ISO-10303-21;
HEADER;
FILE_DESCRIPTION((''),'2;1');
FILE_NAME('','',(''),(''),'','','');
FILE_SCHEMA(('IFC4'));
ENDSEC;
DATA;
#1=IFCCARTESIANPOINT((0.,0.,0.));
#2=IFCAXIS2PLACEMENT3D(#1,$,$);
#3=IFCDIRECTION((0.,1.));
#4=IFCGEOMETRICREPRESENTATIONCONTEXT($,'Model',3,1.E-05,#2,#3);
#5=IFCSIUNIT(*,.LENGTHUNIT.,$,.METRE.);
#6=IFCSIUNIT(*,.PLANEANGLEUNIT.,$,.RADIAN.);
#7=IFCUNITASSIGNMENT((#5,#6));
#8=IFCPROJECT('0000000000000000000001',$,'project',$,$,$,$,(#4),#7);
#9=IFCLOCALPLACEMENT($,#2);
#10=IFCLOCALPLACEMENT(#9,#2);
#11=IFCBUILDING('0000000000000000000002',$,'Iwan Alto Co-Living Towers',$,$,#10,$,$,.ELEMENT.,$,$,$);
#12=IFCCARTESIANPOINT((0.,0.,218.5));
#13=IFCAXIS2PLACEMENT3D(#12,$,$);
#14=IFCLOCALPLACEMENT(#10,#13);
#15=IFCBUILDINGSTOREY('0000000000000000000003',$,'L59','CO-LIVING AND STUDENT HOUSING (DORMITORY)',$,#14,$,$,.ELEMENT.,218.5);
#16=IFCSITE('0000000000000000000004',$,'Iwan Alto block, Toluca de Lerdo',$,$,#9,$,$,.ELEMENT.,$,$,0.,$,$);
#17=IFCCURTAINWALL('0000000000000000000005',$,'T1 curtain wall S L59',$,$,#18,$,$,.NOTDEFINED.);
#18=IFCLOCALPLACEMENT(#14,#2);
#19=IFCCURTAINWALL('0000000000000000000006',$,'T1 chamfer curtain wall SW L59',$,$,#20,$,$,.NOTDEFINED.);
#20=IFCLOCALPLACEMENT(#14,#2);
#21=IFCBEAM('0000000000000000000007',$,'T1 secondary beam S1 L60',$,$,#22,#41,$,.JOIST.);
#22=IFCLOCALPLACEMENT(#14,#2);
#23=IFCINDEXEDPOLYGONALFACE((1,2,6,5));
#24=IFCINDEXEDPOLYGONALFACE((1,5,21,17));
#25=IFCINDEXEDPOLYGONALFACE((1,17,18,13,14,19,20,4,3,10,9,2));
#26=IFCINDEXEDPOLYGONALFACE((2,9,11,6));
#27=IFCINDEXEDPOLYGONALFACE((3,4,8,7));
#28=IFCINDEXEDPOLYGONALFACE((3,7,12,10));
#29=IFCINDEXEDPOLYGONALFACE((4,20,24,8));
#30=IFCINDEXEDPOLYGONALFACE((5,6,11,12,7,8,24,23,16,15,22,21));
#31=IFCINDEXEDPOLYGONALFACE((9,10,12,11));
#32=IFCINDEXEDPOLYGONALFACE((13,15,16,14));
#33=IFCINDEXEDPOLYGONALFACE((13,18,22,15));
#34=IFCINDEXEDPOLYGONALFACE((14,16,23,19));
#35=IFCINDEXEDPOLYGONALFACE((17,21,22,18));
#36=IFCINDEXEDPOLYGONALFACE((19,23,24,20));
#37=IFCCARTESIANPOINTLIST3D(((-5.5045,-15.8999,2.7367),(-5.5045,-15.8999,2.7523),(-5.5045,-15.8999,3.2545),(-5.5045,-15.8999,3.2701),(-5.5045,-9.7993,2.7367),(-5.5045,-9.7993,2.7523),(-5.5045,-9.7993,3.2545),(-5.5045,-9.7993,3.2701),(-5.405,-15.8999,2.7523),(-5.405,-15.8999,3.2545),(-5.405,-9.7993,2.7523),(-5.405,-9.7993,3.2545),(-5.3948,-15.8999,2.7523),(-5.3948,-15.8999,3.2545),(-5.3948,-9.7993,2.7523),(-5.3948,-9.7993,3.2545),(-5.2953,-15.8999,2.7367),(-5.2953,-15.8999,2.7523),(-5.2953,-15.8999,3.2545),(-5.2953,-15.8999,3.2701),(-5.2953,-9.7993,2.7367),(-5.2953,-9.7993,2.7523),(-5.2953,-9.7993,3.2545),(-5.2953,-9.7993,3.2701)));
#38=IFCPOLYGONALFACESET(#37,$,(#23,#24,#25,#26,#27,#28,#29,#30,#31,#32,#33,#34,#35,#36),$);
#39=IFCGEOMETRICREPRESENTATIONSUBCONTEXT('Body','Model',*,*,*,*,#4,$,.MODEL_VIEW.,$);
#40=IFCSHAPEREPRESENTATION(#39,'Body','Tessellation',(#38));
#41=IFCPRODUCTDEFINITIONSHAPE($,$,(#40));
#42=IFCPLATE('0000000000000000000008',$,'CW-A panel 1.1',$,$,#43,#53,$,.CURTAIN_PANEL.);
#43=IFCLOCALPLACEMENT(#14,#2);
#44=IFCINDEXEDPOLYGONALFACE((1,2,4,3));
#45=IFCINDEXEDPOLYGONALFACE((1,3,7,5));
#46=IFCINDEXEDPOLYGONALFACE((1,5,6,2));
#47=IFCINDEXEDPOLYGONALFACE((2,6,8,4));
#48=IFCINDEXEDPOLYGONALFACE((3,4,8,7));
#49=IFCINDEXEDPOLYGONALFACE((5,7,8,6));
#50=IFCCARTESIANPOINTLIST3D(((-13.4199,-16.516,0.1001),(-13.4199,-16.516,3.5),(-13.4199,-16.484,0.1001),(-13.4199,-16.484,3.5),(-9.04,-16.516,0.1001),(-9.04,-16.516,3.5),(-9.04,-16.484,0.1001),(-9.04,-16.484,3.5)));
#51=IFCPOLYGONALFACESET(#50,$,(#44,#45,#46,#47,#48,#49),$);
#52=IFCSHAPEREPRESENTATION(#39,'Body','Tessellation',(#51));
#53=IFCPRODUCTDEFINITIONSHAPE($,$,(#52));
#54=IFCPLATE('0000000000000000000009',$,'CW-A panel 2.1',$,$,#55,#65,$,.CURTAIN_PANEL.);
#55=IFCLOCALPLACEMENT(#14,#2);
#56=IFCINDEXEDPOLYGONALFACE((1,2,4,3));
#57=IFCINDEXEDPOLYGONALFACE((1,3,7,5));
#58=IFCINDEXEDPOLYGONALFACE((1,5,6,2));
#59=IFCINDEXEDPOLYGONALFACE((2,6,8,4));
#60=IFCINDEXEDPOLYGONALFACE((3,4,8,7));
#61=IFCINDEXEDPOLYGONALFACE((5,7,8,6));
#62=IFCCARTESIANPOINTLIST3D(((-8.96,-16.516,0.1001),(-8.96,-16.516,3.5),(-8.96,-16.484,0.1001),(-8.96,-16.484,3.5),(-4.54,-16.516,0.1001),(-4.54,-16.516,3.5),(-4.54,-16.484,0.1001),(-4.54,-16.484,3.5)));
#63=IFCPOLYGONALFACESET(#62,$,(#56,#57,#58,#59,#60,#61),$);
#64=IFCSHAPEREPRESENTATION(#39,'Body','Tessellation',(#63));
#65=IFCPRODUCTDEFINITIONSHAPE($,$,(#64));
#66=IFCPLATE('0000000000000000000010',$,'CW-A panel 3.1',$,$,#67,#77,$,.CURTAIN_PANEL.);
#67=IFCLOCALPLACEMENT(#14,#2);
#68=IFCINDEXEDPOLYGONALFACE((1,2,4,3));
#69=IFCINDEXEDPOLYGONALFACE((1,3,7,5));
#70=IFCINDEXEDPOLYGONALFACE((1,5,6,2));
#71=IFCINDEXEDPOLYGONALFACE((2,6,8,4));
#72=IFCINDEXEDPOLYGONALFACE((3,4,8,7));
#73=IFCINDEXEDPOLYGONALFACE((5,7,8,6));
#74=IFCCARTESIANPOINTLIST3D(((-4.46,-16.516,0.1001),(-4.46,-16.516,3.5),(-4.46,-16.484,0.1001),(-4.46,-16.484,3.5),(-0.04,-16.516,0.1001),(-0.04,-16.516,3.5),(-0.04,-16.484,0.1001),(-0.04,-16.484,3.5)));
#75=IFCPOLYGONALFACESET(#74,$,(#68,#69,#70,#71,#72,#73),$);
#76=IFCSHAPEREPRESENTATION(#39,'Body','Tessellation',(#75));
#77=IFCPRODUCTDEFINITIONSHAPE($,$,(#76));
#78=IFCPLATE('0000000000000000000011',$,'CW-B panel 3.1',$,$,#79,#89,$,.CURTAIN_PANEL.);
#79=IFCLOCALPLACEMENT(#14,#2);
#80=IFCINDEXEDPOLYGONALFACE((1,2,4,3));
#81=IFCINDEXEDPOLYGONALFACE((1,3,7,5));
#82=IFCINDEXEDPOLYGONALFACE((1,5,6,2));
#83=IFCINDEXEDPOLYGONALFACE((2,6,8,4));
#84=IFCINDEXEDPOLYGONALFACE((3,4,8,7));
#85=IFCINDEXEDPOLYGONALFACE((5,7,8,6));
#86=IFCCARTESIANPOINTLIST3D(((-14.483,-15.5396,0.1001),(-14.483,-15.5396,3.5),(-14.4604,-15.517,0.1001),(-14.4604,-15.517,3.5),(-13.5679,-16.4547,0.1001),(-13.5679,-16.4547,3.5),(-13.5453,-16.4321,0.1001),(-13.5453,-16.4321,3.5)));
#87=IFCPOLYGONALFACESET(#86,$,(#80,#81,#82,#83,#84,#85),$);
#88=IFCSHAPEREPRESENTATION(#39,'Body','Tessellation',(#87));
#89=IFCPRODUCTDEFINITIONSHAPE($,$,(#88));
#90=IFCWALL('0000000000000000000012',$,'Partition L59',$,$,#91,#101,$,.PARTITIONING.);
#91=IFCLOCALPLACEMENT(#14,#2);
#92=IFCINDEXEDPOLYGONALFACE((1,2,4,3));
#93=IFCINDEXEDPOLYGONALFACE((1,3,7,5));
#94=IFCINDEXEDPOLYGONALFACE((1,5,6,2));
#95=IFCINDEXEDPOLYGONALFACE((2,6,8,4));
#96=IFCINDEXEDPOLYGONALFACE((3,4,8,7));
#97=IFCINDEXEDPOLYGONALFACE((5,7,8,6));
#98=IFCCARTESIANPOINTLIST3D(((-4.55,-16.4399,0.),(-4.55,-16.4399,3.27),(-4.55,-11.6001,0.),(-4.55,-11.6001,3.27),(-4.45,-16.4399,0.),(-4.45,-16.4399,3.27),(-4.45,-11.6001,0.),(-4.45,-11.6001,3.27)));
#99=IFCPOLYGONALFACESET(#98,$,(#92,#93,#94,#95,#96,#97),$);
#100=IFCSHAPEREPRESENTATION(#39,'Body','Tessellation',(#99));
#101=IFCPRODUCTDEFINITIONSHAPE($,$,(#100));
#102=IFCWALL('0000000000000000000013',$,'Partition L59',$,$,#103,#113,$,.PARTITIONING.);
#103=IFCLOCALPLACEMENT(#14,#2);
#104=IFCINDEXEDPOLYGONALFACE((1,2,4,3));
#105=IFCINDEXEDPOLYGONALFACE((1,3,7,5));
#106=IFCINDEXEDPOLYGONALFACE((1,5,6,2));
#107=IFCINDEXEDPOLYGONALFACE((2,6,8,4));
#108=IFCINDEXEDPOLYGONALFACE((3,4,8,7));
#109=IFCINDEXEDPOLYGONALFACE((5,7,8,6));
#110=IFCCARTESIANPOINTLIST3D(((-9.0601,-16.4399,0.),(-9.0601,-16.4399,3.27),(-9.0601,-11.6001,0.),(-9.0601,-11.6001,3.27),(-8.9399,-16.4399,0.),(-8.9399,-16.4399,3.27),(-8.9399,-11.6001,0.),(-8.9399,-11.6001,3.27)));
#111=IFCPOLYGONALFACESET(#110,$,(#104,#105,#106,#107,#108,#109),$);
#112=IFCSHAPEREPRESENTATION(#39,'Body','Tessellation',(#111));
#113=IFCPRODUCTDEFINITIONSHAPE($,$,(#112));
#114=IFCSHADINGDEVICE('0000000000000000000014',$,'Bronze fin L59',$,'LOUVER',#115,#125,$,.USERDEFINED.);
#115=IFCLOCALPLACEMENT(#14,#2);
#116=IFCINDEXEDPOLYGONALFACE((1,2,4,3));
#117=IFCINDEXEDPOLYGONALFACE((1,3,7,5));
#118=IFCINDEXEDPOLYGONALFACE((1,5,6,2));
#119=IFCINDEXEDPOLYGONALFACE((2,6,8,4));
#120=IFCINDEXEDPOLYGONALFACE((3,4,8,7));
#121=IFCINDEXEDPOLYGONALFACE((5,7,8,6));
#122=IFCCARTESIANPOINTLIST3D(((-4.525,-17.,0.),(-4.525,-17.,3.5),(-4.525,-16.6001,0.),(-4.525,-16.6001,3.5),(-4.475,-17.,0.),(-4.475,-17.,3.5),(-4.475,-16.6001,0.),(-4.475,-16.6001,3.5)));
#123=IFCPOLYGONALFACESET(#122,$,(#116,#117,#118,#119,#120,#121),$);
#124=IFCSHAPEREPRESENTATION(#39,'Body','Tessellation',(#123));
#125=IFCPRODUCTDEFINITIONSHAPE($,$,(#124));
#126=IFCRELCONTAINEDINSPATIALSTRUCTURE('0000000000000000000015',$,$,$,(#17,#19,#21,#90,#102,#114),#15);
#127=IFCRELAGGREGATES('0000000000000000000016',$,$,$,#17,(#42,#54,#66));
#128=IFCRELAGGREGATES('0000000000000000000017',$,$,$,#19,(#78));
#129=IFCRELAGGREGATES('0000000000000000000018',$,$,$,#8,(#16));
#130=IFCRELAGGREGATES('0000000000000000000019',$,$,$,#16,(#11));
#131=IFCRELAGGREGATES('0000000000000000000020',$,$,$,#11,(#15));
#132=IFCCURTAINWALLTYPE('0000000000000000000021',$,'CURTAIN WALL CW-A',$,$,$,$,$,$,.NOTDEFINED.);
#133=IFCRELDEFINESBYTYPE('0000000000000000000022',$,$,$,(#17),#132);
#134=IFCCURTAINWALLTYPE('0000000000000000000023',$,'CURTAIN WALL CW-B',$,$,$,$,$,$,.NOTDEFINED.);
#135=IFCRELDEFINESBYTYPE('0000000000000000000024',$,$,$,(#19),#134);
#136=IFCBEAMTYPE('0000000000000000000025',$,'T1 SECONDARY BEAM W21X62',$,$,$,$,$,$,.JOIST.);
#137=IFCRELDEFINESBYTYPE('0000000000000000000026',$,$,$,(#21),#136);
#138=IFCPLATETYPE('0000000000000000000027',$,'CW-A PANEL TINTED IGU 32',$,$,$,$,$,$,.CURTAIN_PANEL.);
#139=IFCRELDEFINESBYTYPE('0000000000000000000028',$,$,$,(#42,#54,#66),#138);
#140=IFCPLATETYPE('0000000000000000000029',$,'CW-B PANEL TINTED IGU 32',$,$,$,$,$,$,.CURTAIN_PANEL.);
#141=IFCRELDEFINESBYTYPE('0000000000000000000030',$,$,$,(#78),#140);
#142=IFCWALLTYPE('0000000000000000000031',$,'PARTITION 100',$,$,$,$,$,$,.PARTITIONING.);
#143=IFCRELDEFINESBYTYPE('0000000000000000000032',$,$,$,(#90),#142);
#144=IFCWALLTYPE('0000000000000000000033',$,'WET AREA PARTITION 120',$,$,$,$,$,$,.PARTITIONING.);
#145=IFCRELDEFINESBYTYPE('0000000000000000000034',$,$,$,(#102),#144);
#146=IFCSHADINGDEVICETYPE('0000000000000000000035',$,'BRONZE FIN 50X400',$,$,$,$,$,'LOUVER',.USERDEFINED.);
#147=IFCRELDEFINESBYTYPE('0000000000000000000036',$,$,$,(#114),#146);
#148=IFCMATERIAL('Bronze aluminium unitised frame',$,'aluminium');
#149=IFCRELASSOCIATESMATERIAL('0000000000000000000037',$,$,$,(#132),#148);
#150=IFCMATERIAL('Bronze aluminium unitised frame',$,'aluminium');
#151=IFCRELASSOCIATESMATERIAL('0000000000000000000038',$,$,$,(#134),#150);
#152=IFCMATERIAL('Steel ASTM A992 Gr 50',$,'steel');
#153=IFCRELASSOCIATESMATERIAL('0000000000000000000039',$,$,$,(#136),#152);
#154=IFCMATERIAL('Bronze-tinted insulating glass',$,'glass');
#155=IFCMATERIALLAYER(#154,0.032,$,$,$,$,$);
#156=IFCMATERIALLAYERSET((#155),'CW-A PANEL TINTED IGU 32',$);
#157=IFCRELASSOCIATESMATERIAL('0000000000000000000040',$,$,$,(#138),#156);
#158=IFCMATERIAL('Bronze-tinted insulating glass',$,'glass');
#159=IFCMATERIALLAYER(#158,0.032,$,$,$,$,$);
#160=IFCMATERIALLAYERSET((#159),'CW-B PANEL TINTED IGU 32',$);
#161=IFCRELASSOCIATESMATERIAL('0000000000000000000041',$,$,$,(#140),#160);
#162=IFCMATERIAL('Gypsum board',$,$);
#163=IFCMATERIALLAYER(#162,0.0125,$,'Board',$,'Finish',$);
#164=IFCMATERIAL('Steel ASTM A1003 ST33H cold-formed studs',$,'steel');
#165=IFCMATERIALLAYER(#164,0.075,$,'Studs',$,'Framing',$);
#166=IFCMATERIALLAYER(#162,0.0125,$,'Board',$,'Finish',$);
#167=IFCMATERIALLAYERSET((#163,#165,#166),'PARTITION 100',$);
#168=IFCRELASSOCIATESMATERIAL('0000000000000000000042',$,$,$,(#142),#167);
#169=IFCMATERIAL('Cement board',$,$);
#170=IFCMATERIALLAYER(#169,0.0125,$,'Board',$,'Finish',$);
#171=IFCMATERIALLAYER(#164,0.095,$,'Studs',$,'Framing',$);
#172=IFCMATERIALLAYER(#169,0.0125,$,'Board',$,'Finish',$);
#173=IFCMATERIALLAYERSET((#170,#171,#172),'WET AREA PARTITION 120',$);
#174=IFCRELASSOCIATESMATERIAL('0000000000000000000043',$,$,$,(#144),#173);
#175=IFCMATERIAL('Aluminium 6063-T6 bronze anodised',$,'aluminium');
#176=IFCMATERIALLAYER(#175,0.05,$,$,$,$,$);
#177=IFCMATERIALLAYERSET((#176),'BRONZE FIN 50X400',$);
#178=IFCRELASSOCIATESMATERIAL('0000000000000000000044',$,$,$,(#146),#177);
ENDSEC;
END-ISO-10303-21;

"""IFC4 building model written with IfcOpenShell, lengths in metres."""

from ifc_helpers import new_model, si_unit, direction, frame, frame_2d, origin, origin_2d, place, context, subcontext, project, spatial, rectangle, i_section, extrude, material, layer, layer_set, material_profile, profile_set, type_object, element, aggregate, save


model = new_model("IFC4")

# Units and contexts
model_context = context("Model", 3, precision=1e-05, world=origin(), true_north=direction((0.0, 1.0)))
body_context = subcontext(model_context, "Body", "Model", "MODEL_VIEW")
ifc_project = project(units=[si_unit("LENGTHUNIT", "METRE"), si_unit("PLANEANGLEUNIT", "RADIAN")], contexts=[model_context])

# Site, building, storey
site_placement = place(None, origin())
site = spatial("IfcSite", under=ifc_project, at=site_placement, Name="Iwan Alto block, Toluca de Lerdo", CompositionType="ELEMENT", RefElevation=0.0)
building_placement = place(site_placement, origin())
building = spatial("IfcBuilding", under=site, at=building_placement, Name="Iwan Alto Co-Living Towers", CompositionType="ELEMENT")
storey_placement = place(building_placement, frame((0.0, 0.0, 218.5)))
storey = spatial("IfcBuildingStorey", under=building, at=storey_placement, Name="L59", Description="CO-LIVING AND STUDENT HOUSING (DORMITORY)", CompositionType="ELEMENT", Elevation=218.5)

# Curtain wall
ifc_material_1 = material(Name="Bronze aluminium unitised frame", Category="aluminium")
curtain_wall_type_1 = type_object("IfcCurtainWallType", Name="CURTAIN WALL CW-A", PredefinedType="NOTDEFINED", material=ifc_material_1)
curtain_wall_1_placement = place(storey_placement, origin())
curtain_wall_1 = element("IfcCurtainWall", 1, at=curtain_wall_1_placement, inside=storey, type_object=curtain_wall_type_1, Name="T1 curtain wall S L59", PredefinedType="NOTDEFINED")

# Curtain wall
ifc_material_2 = material(Name="Bronze aluminium unitised frame", Category="aluminium")
curtain_wall_type_2 = type_object("IfcCurtainWallType", Name="CURTAIN WALL CW-B", PredefinedType="NOTDEFINED", material=ifc_material_2)
curtain_wall_2_placement = place(storey_placement, origin())
curtain_wall_2 = element("IfcCurtainWall", 2, at=curtain_wall_2_placement, inside=storey, type_object=curtain_wall_type_2, Name="T1 chamfer curtain wall SW L59", PredefinedType="NOTDEFINED")

# Beam
ifc_material_3 = material(Name="Steel ASTM A992 Gr 50", Category="steel")
ifc_material_profile_1 = material_profile(ifc_material_3, i_section(OverallWidth=0.2092, OverallDepth=0.5334, WebThickness=0.0103, FlangeThickness=0.0156, at=origin_2d()), Name="W21X62")
ifc_profile_set_1 = profile_set([ifc_material_profile_1], Name="Steel ASTM A992 Gr 50")
beam_type_1 = type_object("IfcBeamType", Name="T1 SECONDARY BEAM W21X62", PredefinedType="JOIST", material=ifc_profile_set_1)
beam_1_placement = place(storey_placement, frame((-5.3999, -15.8999, 3.0034), z_axis=(0.0, 1.0, 0.0), x_axis=(-1.0, 0.0, 0.0)))
element("IfcBeam", 3, at=beam_1_placement, inside=storey, type_object=beam_type_1, Name="T1 secondary beam S1 L60", PredefinedType="JOIST", context=body_context, shape_type="SweptSolid", body=[
    extrude(i_section(OverallWidth=0.2092, OverallDepth=0.5334, WebThickness=0.0103, FlangeThickness=0.0156, at=origin_2d()), origin(), (0.0, 0.0, 1.0), 6.1006),
])

# Plates
ifc_material_4 = material(Name="Bronze-tinted insulating glass", Category="glass")
ifc_layer_1 = layer(ifc_material_4, 0.032)
ifc_layer_set_1 = layer_set([ifc_layer_1], Name="CW-A PANEL TINTED IGU 32")
plate_type_1 = type_object("IfcPlateType", Name="CW-A PANEL TINTED IGU 32", PredefinedType="CURTAIN_PANEL", material=ifc_layer_set_1)
plate_1_placement = place(storey_placement, frame((-11.23, -16.5, 0.1001), z_axis=(0.0, 0.0, 1.0), x_axis=(1.0, 0.0, 0.0)))
plate_1 = element("IfcPlate", 4, at=plate_1_placement, type_object=plate_type_1, Name="CW-A panel 1.1", PredefinedType="CURTAIN_PANEL", context=body_context, shape_type="SweptSolid", body=[
    extrude(rectangle(XDim=4.3799, YDim=0.032, at=origin_2d()), origin(), (0.0, 0.0, 1.0), 3.3999),
])
plate_2_placement = place(storey_placement, frame((-6.75, -16.5, 0.1001), z_axis=(0.0, 0.0, 1.0), x_axis=(1.0, 0.0, 0.0)))
plate_2 = element("IfcPlate", 5, at=plate_2_placement, type_object=plate_type_1, Name="CW-A panel 2.1", PredefinedType="CURTAIN_PANEL", context=body_context, shape_type="SweptSolid", body=[
    extrude(rectangle(XDim=4.4199, YDim=0.032, at=origin_2d()), origin(), (0.0, 0.0, 1.0), 3.3999),
])
plate_3_placement = place(storey_placement, frame((-2.25, -16.5, 0.1001), z_axis=(0.0, 0.0, 1.0), x_axis=(1.0, 0.0, 0.0)))
plate_3 = element("IfcPlate", 6, at=plate_3_placement, type_object=plate_type_1, Name="CW-A panel 3.1", PredefinedType="CURTAIN_PANEL", context=body_context, shape_type="SweptSolid", body=[
    extrude(rectangle(XDim=4.4199, YDim=0.032, at=origin_2d()), origin(), (0.0, 0.0, 1.0), 3.3999),
])
aggregate(curtain_wall_1, [plate_1, plate_2, plate_3])
ifc_material_5 = material(Name="Bronze-tinted insulating glass", Category="glass")
ifc_layer_2 = layer(ifc_material_5, 0.032)
ifc_layer_set_2 = layer_set([ifc_layer_2], Name="CW-B PANEL TINTED IGU 32")
plate_type_2 = type_object("IfcPlateType", Name="CW-B PANEL TINTED IGU 32", PredefinedType="CURTAIN_PANEL", material=ifc_layer_set_2)
plate_4_placement = place(storey_placement, frame((-14.0142, -15.9858, 0.1001), z_axis=(0.0, 0.0, 1.0), x_axis=(0.707107, -0.707107, 0.0)))
plate_4 = element("IfcPlate", 7, at=plate_4_placement, type_object=plate_type_2, Name="CW-B panel 3.1", PredefinedType="CURTAIN_PANEL", context=body_context, shape_type="SweptSolid", body=[
    extrude(rectangle(XDim=1.2942, YDim=0.032, at=origin_2d()), origin(), (0.0, 0.0, 1.0), 3.3999),
])
aggregate(curtain_wall_2, [plate_4])

# Walls
ifc_material_6 = material(Name="Gypsum board")
ifc_layer_3 = layer(ifc_material_6, 0.0125, Name="Board", Category="Finish")
ifc_material_7 = material(Name="Steel ASTM A1003 ST33H cold-formed studs", Category="steel")
ifc_layer_4 = layer(ifc_material_7, 0.075, Name="Studs", Category="Framing")
ifc_layer_5 = layer(ifc_material_6, 0.0125, Name="Board", Category="Finish")
ifc_layer_set_3 = layer_set([ifc_layer_3, ifc_layer_4, ifc_layer_5], Name="PARTITION 100")
wall_type_1 = type_object("IfcWallType", Name="PARTITION 100", PredefinedType="PARTITIONING", material=ifc_layer_set_3)
wall_1_placement = place(storey_placement, frame((-4.5, -16.4399, 0.0), z_axis=(0.0, 0.0, 1.0), x_axis=(0.0, 1.0, 0.0)))
element("IfcWall", 8, at=wall_1_placement, inside=storey, type_object=wall_type_1, Name="Partition L59", PredefinedType="PARTITIONING", context=body_context, shape_type="SweptSolid", body=[
    extrude(rectangle(XDim=4.8398, YDim=0.1001, at=frame_2d((2.4199, 0.0))), origin(), (0.0, 0.0, 1.0), 3.27),
])
ifc_material_8 = material(Name="Cement board")
ifc_layer_6 = layer(ifc_material_8, 0.0125, Name="Board", Category="Finish")
ifc_layer_7 = layer(ifc_material_7, 0.095, Name="Studs", Category="Framing")
ifc_layer_8 = layer(ifc_material_8, 0.0125, Name="Board", Category="Finish")
ifc_layer_set_4 = layer_set([ifc_layer_6, ifc_layer_7, ifc_layer_8], Name="WET AREA PARTITION 120")
wall_type_2 = type_object("IfcWallType", Name="WET AREA PARTITION 120", PredefinedType="PARTITIONING", material=ifc_layer_set_4)
wall_2_placement = place(storey_placement, frame((-9.0, -16.4399, 0.0), z_axis=(0.0, 0.0, 1.0), x_axis=(0.0, 1.0, 0.0)))
element("IfcWall", 9, at=wall_2_placement, inside=storey, type_object=wall_type_2, Name="Partition L59", PredefinedType="PARTITIONING", context=body_context, shape_type="SweptSolid", body=[
    extrude(rectangle(XDim=4.8398, YDim=0.1201, at=frame_2d((2.4199, 0.0))), origin(), (0.0, 0.0, 1.0), 3.27),
])

# Shading device
ifc_material_9 = material(Name="Aluminium 6063-T6 bronze anodised", Category="aluminium")
ifc_layer_9 = layer(ifc_material_9, 0.05)
ifc_layer_set_5 = layer_set([ifc_layer_9], Name="BRONZE FIN 50X400")
shading_device_type = type_object("IfcShadingDeviceType", Name="BRONZE FIN 50X400", ElementType="LOUVER", PredefinedType="USERDEFINED", material=ifc_layer_set_5)
shading_device_placement = place(storey_placement, frame((-4.5, -16.8, 0.0), z_axis=(0.0, 0.0, 1.0), x_axis=(1.0, 0.0, 0.0)))
element("IfcShadingDevice", 10, at=shading_device_placement, inside=storey, type_object=shading_device_type, Name="Bronze fin L59", ObjectType="LOUVER", PredefinedType="USERDEFINED", context=body_context, shape_type="SweptSolid", body=[
    extrude(rectangle(XDim=0.05, YDim=0.3999, at=origin_2d()), origin(), (0.0, 0.0, 1.0), 3.5),
])

save(model, "model.ifc")
